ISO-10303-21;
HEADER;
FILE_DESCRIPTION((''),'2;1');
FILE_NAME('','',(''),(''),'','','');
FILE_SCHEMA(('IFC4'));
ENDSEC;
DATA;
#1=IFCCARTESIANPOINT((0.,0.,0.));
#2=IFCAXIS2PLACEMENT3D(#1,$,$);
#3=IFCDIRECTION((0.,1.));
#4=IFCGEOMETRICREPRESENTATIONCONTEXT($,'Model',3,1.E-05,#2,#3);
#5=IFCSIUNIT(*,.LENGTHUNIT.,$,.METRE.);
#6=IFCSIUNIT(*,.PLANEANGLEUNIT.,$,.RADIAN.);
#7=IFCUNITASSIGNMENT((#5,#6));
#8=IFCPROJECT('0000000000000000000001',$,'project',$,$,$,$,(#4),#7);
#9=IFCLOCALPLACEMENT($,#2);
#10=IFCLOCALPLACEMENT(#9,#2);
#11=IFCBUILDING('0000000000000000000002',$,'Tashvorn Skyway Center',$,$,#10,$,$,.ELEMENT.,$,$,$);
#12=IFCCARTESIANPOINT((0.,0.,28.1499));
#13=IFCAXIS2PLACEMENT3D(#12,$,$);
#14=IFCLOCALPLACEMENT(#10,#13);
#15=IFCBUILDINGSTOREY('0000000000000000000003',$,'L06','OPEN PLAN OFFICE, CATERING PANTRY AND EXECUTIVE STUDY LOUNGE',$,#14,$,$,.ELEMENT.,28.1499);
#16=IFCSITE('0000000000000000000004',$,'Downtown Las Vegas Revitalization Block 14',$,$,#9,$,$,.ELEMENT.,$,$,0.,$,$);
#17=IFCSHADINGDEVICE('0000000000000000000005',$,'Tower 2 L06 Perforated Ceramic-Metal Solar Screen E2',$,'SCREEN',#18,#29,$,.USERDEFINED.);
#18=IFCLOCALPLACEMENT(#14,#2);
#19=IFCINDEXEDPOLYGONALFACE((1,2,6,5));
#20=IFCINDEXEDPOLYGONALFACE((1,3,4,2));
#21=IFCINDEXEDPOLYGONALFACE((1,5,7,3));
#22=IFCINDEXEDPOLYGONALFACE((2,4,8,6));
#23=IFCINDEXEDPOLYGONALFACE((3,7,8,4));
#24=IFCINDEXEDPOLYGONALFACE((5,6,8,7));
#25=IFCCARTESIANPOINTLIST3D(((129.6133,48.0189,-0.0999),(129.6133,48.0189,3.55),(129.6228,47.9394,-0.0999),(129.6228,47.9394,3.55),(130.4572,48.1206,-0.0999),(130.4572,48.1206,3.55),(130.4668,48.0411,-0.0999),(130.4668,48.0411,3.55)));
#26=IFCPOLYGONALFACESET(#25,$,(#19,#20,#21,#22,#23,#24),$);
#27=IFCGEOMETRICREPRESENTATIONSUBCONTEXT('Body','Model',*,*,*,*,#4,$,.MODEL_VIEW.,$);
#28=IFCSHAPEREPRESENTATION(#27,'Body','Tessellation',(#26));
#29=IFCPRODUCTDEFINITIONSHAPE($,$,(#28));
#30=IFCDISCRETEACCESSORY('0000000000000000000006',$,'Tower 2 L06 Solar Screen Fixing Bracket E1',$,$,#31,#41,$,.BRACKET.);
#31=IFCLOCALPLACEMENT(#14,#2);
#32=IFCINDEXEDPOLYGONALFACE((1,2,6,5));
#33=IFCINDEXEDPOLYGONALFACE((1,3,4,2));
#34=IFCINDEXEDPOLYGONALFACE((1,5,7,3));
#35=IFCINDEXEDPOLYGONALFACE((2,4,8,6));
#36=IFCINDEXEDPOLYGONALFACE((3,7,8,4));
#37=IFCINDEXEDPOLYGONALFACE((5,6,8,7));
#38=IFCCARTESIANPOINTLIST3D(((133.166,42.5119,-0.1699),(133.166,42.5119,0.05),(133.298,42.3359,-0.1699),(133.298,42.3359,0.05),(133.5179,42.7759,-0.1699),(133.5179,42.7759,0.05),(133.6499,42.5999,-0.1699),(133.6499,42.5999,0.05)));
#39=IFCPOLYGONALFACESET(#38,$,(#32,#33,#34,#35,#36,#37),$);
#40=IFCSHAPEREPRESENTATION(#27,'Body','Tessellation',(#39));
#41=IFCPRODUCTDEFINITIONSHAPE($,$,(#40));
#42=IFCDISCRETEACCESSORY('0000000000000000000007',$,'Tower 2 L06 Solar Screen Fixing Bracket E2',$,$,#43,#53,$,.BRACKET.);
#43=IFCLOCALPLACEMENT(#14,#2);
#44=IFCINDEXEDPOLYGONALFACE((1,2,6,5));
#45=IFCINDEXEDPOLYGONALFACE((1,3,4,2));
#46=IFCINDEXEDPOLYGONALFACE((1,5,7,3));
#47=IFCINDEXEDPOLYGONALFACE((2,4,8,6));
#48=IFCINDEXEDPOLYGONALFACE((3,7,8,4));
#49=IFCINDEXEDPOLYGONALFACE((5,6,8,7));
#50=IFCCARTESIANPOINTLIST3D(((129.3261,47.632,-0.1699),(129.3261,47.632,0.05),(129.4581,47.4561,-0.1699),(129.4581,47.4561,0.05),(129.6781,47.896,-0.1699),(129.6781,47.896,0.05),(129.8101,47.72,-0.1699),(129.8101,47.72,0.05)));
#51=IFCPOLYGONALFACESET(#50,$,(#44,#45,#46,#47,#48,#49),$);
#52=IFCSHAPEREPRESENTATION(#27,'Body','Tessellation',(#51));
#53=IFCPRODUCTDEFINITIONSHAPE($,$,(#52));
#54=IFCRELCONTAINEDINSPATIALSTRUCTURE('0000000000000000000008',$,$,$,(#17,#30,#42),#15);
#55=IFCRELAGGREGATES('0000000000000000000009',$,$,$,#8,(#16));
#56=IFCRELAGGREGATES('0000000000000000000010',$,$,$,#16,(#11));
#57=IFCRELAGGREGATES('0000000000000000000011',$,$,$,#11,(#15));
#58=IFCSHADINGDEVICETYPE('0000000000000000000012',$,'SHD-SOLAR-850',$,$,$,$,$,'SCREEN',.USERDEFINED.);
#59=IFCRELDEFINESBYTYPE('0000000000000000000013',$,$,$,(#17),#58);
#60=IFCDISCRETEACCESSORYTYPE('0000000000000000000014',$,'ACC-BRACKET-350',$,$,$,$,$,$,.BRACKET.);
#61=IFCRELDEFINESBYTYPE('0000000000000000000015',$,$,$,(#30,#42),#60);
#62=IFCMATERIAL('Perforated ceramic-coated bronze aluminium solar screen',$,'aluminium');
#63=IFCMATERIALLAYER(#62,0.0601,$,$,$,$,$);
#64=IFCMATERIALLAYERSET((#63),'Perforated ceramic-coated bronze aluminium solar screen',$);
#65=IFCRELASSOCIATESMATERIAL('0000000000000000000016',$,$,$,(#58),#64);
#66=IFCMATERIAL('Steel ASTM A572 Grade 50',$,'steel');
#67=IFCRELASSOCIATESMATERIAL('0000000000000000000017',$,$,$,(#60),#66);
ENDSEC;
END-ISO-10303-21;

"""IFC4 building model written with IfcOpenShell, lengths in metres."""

from ifc_helpers import new_model, si_unit, direction, frame, origin, origin_2d, place, context, subcontext, project, spatial, rectangle, extrude, material, layer, layer_set, type_object, element, save


model = new_model("IFC4")

# Units and contexts
model_context = context("Model", 3, precision=1e-05, world=origin(), true_north=direction((0.0, 1.0)))
body_context = subcontext(model_context, "Body", "Model", "MODEL_VIEW")
ifc_project = project(units=[si_unit("LENGTHUNIT", "METRE"), si_unit("PLANEANGLEUNIT", "RADIAN")], contexts=[model_context])

# Site, building, storey
site_placement = place(None, origin())
site = spatial("IfcSite", under=ifc_project, at=site_placement, Name="Downtown Las Vegas Revitalization Block 14", CompositionType="ELEMENT", RefElevation=0.0)
building_placement = place(site_placement, origin())
building = spatial("IfcBuilding", under=site, at=building_placement, Name="Tashvorn Skyway Center", CompositionType="ELEMENT")
storey_placement = place(building_placement, frame((0.0, 0.0, 28.1499)))
storey = spatial("IfcBuildingStorey", under=building, at=storey_placement, Name="L06", Description="OPEN PLAN OFFICE, CATERING PANTRY AND EXECUTIVE STUDY LOUNGE", CompositionType="ELEMENT", Elevation=28.1499)

# Shared definitions
ifc_material_1 = material(Name="Steel ASTM A572 Grade 50", Category="steel")

# Shared definitions
ifc_material_2 = material(Name="Perforated ceramic-coated bronze aluminium solar screen", Category="aluminium")

# Shading device
ifc_layer_1 = layer(ifc_material_2, 0.0601)
ifc_layer_set_1 = layer_set([ifc_layer_1], Name="Perforated ceramic-coated bronze aluminium solar screen")
shading_device_type = type_object("IfcShadingDeviceType", Name="SHD-SOLAR-850", ElementType="SCREEN", PredefinedType="USERDEFINED", material=ifc_layer_set_1)
for number, where, z_axis, x_axis, name in (
    (1, (130.04, 48.03, -0.0999), (0.0, 0.0, 1.0), (0.119615, -0.99282, 0.0), "Tower 2 L06 Perforated Ceramic-Metal Solar Screen E2"),
):
    element("IfcShadingDevice", number, at=place(storey_placement, frame(where, z_axis=z_axis, x_axis=x_axis)), inside=storey, type_object=shading_device_type, Name=name, ObjectType="SCREEN", PredefinedType="USERDEFINED", context=body_context, shape_type="SweptSolid", body=[
        extrude(rectangle(XDim=0.0801, YDim=0.8501, at=origin_2d()), origin(), (0.0, 0.0, 1.0), 3.6499),
    ])

# Discrete accessories
discrete_accessory_type = type_object("IfcDiscreteAccessoryType", Name="ACC-BRACKET-350", PredefinedType="BRACKET", material=ifc_material_1)
for number, where, z_axis, x_axis, name in (
    (2, (133.408, 42.5559, -0.1699), (0.0, 0.0, 1.0), (0.6, -0.8, 0.0), "Tower 2 L06 Solar Screen Fixing Bracket E1"),
    (3, (129.5681, 47.676, -0.1699), (0.0, 0.0, 1.0), (0.6, -0.8, 0.0), "Tower 2 L06 Solar Screen Fixing Bracket E2"),
):
    element("IfcDiscreteAccessory", number, at=place(storey_placement, frame(where, z_axis=z_axis, x_axis=x_axis)), inside=storey, type_object=discrete_accessory_type, Name=name, PredefinedType="BRACKET", context=body_context, shape_type="SweptSolid", body=[
        extrude(rectangle(XDim=0.22, YDim=0.4399, at=origin_2d()), origin(), (0.0, 0.0, 1.0), 0.22),
    ])

save(model, "model.ifc")
